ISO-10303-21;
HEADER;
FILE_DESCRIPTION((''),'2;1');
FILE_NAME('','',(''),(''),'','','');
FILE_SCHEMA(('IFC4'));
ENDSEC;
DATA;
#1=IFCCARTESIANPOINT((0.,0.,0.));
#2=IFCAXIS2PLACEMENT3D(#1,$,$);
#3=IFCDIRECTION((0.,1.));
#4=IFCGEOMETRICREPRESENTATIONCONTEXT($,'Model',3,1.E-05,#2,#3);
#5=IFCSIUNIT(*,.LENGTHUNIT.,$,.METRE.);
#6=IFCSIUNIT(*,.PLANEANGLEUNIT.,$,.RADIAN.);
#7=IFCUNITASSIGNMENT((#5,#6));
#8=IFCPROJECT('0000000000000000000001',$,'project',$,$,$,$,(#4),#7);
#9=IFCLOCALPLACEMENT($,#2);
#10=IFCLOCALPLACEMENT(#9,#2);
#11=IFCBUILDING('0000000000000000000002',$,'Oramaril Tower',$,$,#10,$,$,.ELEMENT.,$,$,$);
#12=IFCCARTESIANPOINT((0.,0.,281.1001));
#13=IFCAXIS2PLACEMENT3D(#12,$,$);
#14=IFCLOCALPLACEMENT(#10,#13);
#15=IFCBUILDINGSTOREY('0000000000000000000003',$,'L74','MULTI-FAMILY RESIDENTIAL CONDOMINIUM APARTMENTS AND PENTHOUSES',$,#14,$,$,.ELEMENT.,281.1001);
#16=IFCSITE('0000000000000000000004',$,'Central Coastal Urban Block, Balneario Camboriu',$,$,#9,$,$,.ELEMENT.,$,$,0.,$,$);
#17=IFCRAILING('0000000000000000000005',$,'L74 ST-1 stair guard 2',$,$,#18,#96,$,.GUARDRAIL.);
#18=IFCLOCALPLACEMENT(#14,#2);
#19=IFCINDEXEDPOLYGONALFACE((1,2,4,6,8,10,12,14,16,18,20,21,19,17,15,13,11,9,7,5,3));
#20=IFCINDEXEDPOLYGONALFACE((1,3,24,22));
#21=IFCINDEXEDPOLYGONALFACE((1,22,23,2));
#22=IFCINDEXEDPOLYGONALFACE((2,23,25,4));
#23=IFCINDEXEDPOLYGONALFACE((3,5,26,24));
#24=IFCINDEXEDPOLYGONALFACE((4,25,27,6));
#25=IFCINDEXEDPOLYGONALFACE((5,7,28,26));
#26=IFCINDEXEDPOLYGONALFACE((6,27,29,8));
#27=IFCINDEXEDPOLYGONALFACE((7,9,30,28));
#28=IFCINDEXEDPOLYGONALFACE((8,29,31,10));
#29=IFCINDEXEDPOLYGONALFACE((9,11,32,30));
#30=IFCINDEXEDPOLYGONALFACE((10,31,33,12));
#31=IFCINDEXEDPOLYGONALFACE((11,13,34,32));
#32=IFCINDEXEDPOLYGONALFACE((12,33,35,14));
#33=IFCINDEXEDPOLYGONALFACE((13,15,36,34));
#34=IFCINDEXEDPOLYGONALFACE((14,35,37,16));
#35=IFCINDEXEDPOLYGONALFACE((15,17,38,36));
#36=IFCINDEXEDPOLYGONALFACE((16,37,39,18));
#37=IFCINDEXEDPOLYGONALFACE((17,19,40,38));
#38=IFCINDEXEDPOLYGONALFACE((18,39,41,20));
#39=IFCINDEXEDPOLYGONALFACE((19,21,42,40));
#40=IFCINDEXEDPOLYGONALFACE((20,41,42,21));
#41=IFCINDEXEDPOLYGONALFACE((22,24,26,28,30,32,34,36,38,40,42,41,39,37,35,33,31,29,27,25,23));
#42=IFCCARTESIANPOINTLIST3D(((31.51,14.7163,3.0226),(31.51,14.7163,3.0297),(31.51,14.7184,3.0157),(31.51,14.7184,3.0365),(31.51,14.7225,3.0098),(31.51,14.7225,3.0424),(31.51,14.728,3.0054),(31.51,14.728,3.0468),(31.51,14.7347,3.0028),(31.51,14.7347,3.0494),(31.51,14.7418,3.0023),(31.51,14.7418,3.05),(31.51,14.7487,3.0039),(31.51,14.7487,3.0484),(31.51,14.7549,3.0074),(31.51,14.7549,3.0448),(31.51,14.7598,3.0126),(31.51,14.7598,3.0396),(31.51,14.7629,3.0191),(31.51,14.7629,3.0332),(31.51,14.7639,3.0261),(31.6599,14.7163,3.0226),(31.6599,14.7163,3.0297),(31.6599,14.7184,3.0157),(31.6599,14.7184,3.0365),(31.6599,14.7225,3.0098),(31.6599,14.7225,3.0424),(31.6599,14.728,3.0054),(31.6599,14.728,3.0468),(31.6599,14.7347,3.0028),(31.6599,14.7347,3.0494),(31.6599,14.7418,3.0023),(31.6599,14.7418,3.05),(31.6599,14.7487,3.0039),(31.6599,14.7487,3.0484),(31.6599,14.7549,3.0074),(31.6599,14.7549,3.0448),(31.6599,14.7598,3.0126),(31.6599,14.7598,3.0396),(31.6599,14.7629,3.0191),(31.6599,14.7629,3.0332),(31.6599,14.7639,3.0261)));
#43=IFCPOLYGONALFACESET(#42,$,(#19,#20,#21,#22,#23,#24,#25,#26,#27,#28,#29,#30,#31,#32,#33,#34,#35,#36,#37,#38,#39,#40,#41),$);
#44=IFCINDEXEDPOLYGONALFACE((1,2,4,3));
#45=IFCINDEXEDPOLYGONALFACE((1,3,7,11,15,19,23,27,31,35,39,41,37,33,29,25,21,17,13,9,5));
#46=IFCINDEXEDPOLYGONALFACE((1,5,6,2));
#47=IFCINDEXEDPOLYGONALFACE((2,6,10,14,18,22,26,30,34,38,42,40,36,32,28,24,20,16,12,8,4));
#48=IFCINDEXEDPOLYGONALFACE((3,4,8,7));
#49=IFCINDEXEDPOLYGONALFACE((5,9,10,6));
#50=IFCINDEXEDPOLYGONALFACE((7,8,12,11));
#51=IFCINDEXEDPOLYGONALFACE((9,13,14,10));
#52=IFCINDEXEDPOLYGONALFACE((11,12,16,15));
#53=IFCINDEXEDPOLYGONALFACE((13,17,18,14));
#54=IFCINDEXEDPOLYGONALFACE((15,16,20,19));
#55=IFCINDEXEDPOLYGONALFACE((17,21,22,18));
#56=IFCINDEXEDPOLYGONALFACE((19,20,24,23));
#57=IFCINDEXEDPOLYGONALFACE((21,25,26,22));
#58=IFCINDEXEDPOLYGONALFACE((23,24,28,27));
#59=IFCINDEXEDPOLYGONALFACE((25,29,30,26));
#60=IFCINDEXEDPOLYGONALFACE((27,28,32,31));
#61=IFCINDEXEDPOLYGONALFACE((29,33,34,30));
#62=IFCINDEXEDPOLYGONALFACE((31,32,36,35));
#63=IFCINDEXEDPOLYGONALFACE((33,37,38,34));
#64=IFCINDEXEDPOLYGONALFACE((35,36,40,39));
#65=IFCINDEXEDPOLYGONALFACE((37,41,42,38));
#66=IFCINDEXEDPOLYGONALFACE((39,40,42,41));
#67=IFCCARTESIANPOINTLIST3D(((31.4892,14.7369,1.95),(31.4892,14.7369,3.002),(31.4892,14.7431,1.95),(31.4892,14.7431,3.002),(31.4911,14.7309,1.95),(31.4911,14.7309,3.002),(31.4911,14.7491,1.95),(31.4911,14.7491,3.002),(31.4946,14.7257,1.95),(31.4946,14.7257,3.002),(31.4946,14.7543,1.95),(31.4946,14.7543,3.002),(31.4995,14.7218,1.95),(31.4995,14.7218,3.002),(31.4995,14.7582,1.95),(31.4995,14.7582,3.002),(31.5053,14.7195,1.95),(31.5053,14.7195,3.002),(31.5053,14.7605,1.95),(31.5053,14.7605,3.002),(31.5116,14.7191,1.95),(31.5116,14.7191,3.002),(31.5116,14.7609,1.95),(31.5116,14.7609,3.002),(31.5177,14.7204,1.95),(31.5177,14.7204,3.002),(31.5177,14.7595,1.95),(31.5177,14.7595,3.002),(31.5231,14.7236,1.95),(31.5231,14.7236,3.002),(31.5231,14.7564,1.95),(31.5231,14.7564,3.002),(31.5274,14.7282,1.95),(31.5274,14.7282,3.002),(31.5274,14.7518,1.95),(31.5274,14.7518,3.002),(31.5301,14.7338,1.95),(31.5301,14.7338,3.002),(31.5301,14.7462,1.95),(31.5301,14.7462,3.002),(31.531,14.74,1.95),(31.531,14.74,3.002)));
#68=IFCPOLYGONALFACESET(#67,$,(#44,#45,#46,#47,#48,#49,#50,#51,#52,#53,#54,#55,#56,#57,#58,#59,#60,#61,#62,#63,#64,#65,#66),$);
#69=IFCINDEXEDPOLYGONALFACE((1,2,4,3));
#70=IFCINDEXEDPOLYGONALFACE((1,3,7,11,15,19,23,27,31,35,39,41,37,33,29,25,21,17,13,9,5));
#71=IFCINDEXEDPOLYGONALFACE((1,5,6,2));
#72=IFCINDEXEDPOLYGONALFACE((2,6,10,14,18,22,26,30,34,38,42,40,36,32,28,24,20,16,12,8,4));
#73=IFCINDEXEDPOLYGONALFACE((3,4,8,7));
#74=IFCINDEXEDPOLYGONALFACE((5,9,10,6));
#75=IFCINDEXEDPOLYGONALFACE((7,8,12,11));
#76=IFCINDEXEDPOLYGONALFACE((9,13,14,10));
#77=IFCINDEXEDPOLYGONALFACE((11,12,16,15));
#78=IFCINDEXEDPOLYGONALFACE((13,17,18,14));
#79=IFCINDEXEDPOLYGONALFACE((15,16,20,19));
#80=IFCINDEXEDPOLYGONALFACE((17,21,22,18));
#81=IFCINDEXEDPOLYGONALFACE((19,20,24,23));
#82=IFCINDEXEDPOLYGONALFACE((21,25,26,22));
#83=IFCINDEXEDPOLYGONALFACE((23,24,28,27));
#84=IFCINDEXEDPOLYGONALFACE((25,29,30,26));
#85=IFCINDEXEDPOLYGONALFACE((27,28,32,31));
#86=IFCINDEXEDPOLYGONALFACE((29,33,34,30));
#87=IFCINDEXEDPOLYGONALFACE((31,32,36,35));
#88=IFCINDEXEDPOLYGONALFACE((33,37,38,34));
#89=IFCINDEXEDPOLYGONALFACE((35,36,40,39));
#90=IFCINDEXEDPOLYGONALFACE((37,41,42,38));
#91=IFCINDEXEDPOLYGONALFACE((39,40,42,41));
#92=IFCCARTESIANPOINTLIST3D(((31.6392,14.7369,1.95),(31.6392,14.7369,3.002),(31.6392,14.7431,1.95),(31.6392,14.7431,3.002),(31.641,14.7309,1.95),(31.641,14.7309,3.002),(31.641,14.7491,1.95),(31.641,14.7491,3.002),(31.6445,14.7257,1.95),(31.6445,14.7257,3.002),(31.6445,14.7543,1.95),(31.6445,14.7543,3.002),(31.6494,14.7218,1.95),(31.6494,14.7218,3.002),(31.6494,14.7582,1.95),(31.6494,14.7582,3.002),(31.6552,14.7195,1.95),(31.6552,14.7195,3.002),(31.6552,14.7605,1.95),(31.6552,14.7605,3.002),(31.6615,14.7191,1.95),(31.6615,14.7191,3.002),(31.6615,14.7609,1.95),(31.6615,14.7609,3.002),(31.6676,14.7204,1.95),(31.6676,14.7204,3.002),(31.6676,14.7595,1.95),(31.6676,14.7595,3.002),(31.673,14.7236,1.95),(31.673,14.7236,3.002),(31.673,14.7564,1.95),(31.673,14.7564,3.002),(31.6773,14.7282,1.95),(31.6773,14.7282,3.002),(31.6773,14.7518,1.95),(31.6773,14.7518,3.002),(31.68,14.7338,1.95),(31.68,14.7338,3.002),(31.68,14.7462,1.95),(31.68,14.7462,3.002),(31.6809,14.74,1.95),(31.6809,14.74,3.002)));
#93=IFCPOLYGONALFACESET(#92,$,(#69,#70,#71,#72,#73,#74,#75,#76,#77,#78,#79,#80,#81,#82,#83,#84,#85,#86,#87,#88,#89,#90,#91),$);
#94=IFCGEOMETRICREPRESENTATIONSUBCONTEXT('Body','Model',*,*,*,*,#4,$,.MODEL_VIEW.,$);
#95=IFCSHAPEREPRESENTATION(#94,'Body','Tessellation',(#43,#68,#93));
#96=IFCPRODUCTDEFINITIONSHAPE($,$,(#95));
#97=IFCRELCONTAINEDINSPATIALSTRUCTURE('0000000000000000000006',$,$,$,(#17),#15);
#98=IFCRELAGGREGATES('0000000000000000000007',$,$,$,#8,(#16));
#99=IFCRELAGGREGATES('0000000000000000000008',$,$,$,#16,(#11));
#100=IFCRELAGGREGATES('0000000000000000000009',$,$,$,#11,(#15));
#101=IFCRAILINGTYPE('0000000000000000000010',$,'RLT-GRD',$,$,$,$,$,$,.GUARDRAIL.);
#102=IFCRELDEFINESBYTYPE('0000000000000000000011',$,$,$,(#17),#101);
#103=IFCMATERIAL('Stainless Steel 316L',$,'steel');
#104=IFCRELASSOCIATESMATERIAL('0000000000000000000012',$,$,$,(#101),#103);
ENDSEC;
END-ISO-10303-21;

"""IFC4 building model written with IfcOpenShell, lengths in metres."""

from ifc_helpers import new_model, si_unit, direction, frame, origin, origin_2d, place, context, subcontext, project, spatial, circle, extrude, material, type_object, element, save


model = new_model("IFC4")

# Units and contexts
model_context = context("Model", 3, precision=1e-05, world=origin(), true_north=direction((0.0, 1.0)))
body_context = subcontext(model_context, "Body", "Model", "MODEL_VIEW")
ifc_project = project(units=[si_unit("LENGTHUNIT", "METRE"), si_unit("PLANEANGLEUNIT", "RADIAN")], contexts=[model_context])

# Site, building, storey
site_placement = place(None, origin())
site = spatial("IfcSite", under=ifc_project, at=site_placement, Name="Central Coastal Urban Block, Balneario Camboriu", CompositionType="ELEMENT", RefElevation=0.0)
building_placement = place(site_placement, origin())
building = spatial("IfcBuilding", under=site, at=building_placement, Name="Oramaril Tower", CompositionType="ELEMENT")
storey_placement = place(building_placement, frame((0.0, 0.0, 281.1001)))
storey = spatial("IfcBuildingStorey", under=building, at=storey_placement, Name="L74", Description="MULTI-FAMILY RESIDENTIAL CONDOMINIUM APARTMENTS AND PENTHOUSES", CompositionType="ELEMENT", Elevation=281.1001)

# Railing
ifc_material_1 = material(Name="Stainless Steel 316L", Category="steel")
railing_type_1 = type_object("IfcRailingType", Name="RLT-GRD", PredefinedType="GUARDRAIL", material=ifc_material_1)
railing_1_placement = place(storey_placement, frame((31.51, 14.74, 1.95)))
element("IfcRailing", 1, at=railing_1_placement, inside=storey, type_object=railing_type_1, Name="L74 ST-1 stair guard 2", PredefinedType="GUARDRAIL", context=body_context, shape_type="SweptSolid", body=[
    extrude(circle(Radius=0.0239, at=origin_2d()), frame((0.0, 0.0, 1.0762), z_axis=(1.0, 0.0, 0.0), x_axis=(0.0, 1.0, 0.0)), (0.0, 0.0, 1.0), 0.1499),
    extrude(circle(Radius=0.021, at=origin_2d()), origin(), (0.0, 0.0, 1.0), 1.052),
    extrude(circle(Radius=0.021, at=origin_2d()), frame((0.1499, 0.0, 0.0)), (0.0, 0.0, 1.0), 1.052),
])

save(model, "model.ifc")
